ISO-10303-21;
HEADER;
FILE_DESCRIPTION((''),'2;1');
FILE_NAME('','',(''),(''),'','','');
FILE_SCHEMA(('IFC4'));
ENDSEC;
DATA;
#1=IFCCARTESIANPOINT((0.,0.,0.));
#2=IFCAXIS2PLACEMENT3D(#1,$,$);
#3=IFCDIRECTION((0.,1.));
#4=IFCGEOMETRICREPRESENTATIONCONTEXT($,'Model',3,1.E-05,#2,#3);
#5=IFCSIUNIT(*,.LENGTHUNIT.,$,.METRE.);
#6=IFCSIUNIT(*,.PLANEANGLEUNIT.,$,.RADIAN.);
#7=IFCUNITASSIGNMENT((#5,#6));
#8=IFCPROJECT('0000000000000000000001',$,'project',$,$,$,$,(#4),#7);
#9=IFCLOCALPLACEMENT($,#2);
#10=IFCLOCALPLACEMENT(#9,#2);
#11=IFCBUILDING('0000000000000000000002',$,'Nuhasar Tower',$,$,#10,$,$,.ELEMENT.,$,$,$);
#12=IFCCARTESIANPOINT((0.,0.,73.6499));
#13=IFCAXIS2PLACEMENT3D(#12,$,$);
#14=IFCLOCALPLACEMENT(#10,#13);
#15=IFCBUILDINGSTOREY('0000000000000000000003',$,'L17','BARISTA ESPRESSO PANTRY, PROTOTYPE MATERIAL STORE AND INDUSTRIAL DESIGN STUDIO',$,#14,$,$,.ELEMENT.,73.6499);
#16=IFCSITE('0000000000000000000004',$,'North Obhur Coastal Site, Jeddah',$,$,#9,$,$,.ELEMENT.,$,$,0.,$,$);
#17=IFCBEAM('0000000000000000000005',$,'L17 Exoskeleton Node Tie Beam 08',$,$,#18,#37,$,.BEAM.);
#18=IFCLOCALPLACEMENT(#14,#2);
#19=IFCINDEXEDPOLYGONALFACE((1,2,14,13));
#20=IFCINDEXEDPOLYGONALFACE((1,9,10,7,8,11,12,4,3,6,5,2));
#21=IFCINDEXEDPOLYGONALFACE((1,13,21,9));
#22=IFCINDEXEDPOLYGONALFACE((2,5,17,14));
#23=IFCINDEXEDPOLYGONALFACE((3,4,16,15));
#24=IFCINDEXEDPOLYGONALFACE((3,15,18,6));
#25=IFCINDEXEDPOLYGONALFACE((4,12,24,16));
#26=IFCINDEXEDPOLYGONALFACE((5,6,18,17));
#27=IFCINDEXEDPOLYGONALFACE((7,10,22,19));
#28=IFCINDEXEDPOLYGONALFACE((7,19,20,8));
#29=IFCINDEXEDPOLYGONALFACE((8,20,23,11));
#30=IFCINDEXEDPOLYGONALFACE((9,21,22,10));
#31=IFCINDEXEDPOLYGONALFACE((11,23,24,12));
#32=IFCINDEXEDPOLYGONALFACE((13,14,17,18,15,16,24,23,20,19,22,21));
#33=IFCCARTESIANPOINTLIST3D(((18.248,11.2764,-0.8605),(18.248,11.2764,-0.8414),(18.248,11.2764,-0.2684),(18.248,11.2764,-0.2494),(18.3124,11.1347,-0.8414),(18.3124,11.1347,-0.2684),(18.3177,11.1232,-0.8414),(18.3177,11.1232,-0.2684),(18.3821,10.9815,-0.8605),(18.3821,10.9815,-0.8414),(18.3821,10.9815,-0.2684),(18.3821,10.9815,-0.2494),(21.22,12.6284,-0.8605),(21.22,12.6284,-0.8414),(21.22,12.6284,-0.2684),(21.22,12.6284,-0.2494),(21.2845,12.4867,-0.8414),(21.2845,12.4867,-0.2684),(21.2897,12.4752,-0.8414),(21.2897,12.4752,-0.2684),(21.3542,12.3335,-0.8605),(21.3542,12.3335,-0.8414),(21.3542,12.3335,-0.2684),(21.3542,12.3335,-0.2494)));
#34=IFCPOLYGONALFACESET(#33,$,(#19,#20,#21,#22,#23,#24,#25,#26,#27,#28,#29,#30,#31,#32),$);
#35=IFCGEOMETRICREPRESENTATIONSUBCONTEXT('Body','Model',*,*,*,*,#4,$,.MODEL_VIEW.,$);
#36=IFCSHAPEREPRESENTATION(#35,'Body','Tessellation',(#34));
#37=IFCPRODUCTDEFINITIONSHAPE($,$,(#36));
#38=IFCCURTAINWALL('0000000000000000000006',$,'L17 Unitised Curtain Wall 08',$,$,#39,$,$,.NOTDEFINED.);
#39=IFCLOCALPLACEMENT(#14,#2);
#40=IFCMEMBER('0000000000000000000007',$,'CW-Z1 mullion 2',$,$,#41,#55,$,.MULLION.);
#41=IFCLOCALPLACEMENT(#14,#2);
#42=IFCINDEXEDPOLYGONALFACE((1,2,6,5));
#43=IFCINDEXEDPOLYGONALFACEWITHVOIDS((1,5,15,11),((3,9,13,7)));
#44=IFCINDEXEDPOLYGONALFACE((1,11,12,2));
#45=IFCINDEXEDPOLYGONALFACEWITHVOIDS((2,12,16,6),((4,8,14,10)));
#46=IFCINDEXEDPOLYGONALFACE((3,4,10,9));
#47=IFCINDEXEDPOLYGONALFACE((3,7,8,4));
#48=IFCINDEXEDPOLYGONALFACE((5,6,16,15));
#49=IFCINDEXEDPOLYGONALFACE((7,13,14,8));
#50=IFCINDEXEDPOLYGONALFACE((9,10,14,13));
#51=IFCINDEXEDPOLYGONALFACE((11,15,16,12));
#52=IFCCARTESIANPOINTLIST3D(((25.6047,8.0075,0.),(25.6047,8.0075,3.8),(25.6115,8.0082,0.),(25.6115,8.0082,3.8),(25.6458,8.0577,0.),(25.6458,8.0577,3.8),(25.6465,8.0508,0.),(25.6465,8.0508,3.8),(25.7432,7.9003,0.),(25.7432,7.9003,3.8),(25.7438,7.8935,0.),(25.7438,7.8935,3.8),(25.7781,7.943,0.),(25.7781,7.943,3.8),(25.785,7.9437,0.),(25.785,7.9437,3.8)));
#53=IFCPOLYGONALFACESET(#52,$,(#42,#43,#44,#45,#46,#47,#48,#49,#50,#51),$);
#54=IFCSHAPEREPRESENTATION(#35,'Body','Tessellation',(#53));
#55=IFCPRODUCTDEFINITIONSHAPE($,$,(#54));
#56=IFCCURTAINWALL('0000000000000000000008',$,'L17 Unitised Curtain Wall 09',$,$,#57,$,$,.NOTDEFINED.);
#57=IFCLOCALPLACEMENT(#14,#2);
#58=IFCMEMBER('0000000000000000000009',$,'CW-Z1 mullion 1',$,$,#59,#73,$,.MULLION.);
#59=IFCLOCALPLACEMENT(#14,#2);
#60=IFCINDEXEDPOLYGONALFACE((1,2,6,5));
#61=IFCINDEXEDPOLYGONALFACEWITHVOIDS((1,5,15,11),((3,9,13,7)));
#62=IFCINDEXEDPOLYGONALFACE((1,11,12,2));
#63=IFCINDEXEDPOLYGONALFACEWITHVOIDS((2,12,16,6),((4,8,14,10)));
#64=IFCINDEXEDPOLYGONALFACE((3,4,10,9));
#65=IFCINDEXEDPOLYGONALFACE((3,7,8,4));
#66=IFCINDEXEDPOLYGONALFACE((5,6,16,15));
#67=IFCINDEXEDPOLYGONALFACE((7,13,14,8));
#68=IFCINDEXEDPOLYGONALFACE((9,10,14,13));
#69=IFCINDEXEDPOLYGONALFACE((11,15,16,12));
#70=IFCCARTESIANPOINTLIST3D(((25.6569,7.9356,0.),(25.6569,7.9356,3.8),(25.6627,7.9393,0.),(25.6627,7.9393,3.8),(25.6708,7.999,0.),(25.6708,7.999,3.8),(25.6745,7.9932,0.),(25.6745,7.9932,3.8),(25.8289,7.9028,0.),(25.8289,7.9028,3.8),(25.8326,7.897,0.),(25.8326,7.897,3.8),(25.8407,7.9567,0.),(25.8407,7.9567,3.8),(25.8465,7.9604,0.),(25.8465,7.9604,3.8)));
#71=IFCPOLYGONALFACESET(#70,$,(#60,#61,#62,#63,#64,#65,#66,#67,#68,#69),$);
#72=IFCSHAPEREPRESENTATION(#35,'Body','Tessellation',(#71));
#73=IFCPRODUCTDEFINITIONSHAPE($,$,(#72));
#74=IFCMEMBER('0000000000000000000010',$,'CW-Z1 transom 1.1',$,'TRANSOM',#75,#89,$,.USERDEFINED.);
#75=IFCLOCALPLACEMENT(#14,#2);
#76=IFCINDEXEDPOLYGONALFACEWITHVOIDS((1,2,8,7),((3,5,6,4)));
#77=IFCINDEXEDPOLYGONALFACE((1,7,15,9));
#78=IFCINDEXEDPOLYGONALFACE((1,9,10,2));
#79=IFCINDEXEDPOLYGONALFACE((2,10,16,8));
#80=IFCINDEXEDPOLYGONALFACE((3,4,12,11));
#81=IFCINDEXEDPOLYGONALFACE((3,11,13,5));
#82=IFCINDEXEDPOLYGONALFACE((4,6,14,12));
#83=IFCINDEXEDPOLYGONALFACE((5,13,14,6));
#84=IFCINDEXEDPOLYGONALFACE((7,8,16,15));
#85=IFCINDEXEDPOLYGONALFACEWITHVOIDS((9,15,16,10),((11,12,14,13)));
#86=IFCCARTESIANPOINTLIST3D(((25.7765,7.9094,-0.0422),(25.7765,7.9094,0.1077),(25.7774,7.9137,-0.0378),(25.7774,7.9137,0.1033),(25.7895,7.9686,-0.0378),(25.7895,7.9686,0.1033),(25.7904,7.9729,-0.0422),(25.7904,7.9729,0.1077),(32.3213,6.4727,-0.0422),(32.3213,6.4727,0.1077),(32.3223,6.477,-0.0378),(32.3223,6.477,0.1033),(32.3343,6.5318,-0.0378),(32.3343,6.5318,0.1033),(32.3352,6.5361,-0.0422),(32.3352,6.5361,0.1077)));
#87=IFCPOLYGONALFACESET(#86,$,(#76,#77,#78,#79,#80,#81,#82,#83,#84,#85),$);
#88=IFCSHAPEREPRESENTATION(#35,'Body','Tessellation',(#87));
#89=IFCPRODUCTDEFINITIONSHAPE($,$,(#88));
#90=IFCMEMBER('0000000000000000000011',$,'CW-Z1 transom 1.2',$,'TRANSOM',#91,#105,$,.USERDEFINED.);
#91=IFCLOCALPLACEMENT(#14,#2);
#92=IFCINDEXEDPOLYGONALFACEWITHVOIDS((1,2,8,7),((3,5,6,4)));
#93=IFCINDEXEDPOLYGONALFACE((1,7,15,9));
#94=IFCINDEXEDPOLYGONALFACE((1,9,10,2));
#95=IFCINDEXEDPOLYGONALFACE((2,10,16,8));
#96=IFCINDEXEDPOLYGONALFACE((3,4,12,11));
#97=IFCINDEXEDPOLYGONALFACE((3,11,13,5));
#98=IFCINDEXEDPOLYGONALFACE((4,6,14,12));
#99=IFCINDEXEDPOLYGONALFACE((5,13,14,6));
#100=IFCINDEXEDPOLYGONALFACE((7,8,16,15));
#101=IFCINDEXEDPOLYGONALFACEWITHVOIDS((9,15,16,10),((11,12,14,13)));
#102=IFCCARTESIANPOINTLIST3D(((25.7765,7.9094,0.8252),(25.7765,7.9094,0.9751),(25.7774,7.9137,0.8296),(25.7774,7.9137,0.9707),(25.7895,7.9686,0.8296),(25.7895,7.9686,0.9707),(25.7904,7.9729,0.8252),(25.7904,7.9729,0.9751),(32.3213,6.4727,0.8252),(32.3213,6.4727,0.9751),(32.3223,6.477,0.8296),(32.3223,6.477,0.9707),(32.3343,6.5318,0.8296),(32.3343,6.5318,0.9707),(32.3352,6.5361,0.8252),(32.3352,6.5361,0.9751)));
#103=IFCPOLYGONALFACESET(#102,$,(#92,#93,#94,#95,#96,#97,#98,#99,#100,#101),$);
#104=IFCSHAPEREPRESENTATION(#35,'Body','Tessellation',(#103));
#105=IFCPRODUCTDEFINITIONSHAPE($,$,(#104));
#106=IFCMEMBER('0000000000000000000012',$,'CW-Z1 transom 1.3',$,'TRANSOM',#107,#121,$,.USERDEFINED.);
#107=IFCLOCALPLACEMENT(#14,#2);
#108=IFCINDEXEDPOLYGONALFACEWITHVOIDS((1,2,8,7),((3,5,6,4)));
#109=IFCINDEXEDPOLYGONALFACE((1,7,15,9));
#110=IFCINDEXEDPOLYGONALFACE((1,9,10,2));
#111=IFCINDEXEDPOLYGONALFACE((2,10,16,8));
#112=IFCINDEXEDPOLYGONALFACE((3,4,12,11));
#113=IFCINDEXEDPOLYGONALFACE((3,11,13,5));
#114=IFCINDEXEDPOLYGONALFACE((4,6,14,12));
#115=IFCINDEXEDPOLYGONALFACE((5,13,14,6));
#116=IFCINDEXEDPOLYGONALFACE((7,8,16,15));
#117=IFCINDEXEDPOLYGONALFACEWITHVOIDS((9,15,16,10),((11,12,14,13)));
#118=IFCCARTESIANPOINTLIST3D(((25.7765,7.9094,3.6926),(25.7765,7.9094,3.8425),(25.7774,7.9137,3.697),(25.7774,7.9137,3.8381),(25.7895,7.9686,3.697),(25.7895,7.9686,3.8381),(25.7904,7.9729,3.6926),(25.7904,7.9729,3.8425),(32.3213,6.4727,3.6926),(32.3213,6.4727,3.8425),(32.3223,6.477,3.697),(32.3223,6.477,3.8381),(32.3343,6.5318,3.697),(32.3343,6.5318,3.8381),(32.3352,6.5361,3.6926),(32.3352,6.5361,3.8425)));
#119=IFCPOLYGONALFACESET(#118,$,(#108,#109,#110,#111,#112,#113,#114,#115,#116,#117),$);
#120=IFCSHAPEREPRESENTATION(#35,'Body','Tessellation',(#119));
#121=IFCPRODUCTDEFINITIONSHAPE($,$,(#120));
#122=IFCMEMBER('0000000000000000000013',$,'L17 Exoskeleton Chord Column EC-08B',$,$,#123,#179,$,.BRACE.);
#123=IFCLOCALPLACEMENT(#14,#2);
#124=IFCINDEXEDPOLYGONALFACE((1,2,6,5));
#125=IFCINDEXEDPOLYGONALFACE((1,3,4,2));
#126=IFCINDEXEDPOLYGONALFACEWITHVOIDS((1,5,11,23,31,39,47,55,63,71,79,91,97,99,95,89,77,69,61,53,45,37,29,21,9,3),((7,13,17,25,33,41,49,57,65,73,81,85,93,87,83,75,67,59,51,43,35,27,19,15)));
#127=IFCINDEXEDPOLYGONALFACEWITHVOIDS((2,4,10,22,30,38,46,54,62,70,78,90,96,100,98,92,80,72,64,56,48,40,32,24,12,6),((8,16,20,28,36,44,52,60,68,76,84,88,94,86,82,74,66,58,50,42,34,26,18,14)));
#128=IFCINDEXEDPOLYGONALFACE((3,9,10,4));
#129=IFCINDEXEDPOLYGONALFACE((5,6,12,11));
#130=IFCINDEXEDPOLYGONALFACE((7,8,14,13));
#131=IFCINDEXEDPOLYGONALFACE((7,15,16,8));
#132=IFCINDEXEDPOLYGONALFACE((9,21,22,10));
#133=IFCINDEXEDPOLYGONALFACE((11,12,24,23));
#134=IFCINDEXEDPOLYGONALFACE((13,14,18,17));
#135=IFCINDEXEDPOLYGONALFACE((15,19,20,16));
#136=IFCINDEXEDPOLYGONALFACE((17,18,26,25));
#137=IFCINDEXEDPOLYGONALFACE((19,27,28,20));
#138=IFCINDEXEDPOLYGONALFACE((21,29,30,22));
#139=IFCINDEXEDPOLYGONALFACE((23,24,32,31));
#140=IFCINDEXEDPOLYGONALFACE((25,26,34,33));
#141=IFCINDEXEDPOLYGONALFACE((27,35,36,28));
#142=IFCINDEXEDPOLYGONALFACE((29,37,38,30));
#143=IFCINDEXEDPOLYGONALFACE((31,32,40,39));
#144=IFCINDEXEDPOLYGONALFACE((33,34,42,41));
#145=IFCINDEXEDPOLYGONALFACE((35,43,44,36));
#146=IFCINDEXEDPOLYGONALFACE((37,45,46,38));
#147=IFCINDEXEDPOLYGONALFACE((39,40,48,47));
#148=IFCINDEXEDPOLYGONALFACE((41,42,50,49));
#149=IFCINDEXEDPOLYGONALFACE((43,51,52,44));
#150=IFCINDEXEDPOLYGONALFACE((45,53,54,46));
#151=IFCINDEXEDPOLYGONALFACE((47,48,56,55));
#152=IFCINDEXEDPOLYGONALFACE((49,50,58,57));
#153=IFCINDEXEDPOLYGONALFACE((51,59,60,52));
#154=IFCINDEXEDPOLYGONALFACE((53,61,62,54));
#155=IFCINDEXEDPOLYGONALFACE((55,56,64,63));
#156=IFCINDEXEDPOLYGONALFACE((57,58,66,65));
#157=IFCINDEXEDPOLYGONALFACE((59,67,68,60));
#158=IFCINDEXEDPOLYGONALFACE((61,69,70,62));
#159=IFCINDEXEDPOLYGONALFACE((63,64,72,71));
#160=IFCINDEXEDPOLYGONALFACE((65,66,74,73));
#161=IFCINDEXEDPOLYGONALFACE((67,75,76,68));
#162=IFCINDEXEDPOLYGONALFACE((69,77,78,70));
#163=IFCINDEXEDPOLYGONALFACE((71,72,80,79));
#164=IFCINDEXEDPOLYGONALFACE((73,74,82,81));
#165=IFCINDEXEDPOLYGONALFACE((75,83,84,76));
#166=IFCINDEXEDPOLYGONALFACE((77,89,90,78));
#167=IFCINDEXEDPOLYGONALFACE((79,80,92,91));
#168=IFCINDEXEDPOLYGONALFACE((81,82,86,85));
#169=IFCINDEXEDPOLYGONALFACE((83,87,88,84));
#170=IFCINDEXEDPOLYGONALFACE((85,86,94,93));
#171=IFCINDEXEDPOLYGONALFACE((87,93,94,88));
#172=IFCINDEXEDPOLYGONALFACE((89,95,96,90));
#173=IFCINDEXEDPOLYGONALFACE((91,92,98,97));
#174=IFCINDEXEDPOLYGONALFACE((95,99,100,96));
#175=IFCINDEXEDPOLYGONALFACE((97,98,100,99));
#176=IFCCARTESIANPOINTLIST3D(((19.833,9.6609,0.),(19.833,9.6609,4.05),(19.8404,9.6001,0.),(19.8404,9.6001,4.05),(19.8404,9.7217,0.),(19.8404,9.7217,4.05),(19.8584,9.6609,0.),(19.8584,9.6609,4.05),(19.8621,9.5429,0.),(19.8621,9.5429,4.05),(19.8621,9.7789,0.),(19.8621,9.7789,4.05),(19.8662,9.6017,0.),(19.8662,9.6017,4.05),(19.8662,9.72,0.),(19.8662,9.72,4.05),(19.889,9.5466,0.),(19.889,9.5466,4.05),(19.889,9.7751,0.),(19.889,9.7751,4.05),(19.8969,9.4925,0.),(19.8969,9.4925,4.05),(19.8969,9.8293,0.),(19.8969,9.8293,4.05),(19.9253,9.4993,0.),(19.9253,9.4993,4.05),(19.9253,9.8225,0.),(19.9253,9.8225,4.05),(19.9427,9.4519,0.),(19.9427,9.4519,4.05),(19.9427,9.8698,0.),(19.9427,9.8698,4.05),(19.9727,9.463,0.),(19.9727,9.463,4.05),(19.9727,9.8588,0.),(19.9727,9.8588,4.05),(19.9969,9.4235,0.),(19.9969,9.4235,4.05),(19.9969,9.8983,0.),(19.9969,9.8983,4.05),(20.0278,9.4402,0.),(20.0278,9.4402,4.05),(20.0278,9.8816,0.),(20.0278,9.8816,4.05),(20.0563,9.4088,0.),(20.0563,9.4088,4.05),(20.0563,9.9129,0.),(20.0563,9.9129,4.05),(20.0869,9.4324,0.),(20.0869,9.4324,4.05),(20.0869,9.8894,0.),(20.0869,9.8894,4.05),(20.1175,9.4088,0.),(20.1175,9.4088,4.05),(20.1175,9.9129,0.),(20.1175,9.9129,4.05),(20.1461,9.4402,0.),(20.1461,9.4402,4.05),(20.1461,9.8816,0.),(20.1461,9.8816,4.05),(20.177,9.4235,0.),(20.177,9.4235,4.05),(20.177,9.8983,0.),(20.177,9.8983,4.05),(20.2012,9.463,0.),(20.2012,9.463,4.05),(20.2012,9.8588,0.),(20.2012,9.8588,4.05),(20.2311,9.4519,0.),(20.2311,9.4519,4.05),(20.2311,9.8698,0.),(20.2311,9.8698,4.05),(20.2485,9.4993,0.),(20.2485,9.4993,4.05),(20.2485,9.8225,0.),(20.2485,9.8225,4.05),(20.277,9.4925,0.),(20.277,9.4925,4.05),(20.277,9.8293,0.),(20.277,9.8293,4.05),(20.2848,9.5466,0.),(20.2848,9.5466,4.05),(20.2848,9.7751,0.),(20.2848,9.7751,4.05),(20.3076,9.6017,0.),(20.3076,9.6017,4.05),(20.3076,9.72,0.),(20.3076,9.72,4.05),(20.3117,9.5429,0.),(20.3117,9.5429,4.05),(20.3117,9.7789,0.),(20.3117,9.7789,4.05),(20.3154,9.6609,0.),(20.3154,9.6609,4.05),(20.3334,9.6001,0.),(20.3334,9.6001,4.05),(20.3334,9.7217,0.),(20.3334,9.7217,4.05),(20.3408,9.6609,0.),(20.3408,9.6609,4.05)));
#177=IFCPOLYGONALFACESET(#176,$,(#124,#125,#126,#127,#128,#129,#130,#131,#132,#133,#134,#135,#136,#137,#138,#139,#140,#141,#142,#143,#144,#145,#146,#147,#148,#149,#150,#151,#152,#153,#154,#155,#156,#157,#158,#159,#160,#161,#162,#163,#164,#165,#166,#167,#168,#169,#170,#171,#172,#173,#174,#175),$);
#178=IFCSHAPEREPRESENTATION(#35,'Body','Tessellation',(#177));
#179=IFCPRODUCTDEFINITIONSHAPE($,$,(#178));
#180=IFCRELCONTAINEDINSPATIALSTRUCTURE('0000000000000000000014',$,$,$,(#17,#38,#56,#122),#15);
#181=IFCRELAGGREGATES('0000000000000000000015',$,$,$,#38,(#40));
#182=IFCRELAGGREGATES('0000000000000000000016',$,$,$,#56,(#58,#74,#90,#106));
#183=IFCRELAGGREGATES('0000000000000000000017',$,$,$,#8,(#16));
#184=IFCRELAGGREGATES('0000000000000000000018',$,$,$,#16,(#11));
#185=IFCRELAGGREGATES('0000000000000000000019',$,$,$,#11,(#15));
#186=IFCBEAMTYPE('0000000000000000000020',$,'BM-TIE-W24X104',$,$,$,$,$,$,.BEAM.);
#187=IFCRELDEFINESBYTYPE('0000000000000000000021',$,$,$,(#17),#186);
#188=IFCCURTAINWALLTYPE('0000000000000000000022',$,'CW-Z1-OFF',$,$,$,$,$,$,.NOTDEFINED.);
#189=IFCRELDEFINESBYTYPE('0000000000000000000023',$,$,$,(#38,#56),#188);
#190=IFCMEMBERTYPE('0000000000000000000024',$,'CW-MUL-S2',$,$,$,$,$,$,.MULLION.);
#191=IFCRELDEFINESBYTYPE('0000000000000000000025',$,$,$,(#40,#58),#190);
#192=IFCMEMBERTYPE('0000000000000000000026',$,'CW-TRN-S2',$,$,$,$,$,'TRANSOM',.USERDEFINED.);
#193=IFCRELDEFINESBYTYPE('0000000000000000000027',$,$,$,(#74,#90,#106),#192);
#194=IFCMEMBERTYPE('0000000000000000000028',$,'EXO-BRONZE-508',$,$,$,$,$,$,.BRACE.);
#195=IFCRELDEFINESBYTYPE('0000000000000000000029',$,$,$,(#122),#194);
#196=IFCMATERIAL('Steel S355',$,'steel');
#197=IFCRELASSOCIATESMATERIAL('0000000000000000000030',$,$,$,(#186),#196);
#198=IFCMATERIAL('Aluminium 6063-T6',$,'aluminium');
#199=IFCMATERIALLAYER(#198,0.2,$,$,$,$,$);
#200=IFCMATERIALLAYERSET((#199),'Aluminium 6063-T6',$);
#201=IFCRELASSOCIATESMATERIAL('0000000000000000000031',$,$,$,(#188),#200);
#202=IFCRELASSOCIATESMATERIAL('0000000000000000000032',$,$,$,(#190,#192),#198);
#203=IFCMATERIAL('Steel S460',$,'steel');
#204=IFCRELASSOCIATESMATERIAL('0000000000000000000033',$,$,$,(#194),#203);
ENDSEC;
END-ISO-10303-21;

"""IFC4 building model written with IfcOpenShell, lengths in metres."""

from ifc_helpers import new_model, si_unit, direction, frame, origin, origin_2d, place, context, subcontext, project, spatial, hollow_rectangle, hollow_circle, i_section, extrude, material, layer, layer_set, material_profile, profile_set, type_object, element, aggregate, save


model = new_model("IFC4")

# Units and contexts
model_context = context("Model", 3, precision=1e-05, world=origin(), true_north=direction((0.0, 1.0)))
body_context = subcontext(model_context, "Body", "Model", "MODEL_VIEW")
ifc_project = project(units=[si_unit("LENGTHUNIT", "METRE"), si_unit("PLANEANGLEUNIT", "RADIAN")], contexts=[model_context])

# Site, building, storey
site_placement = place(None, origin())
site = spatial("IfcSite", under=ifc_project, at=site_placement, Name="North Obhur Coastal Site, Jeddah", CompositionType="ELEMENT", RefElevation=0.0)
building_placement = place(site_placement, origin())
building = spatial("IfcBuilding", under=site, at=building_placement, Name="Nuhasar Tower", CompositionType="ELEMENT")
storey_placement = place(building_placement, frame((0.0, 0.0, 73.6499)))
storey = spatial("IfcBuildingStorey", under=building, at=storey_placement, Name="L17", Description="BARISTA ESPRESSO PANTRY, PROTOTYPE MATERIAL STORE AND INDUSTRIAL DESIGN STUDIO", CompositionType="ELEMENT", Elevation=73.6499)

# Beam
ifc_material_1 = material(Name="Steel S355", Category="steel")
ifc_material_profile_1 = material_profile(ifc_material_1, i_section(OverallWidth=0.324, OverallDepth=0.6111, WebThickness=0.0127, FlangeThickness=0.019, at=origin_2d()), Name="W24X104")
ifc_profile_set_1 = profile_set([ifc_material_profile_1], Name="Steel S355")
beam_type_1 = type_object("IfcBeamType", Name="BM-TIE-W24X104", PredefinedType="BEAM", material=ifc_profile_set_1)
beam_1_placement = place(storey_placement, frame((21.2871, 12.481, -0.5549), z_axis=(-0.910244, -0.414073, 0.0), x_axis=(0.414073, -0.910244, 0.0)))
element("IfcBeam", 1, at=beam_1_placement, inside=storey, type_object=beam_type_1, Name="L17 Exoskeleton Node Tie Beam 08", PredefinedType="BEAM", context=body_context, shape_type="SweptSolid", body=[
    extrude(i_section(OverallWidth=0.324, OverallDepth=0.6111, WebThickness=0.0127, FlangeThickness=0.019, at=origin_2d()), origin(), (0.0, 0.0, 1.0), 3.2651),
])

# Curtain wall, member
ifc_material_2 = material(Name="Aluminium 6063-T6", Category="aluminium")
ifc_layer_1 = layer(ifc_material_2, 0.2)
ifc_layer_set_1 = layer_set([ifc_layer_1], Name="Aluminium 6063-T6")
curtain_wall_type = type_object("IfcCurtainWallType", Name="CW-Z1-OFF", PredefinedType="NOTDEFINED", material=ifc_layer_set_1)
curtain_wall_1_placement = place(storey_placement, origin())
curtain_wall_1 = element("IfcCurtainWall", 2, at=curtain_wall_1_placement, inside=storey, type_object=curtain_wall_type, Name="L17 Unitised Curtain Wall 08", PredefinedType="NOTDEFINED")
ifc_material_profile_2 = material_profile(ifc_material_2, hollow_rectangle(XDim=0.0649, YDim=0.1799, WallThickness=0.0049, at=origin_2d()), Name="CWM-2")
ifc_profile_set_2 = profile_set([ifc_material_profile_2], Name="Aluminium 6063-T6")
member_type_1 = type_object("IfcMemberType", Name="CW-MUL-S2", PredefinedType="MULLION", material=ifc_profile_set_2)
member_1_placement = place(storey_placement, frame((25.6948, 7.9756, 0.0), z_axis=(0.0, 0.0, 1.0), x_axis=(0.633745, 0.773542, 0.0)))
member_1 = element("IfcMember", 3, at=member_1_placement, type_object=member_type_1, Name="CW-Z1 mullion 2", PredefinedType="MULLION", context=body_context, shape_type="SweptSolid", body=[
    extrude(hollow_rectangle(XDim=0.0649, YDim=0.1799, WallThickness=0.0049, at=origin_2d()), origin(), (0.0, 0.0, 1.0), 3.8),
])

# Curtain wall, members
curtain_wall_2_placement = place(storey_placement, origin())
curtain_wall_2 = element("IfcCurtainWall", 4, at=curtain_wall_2_placement, inside=storey, type_object=curtain_wall_type, Name="L17 Unitised Curtain Wall 09", PredefinedType="NOTDEFINED")
member_2_placement = place(storey_placement, frame((25.7517, 7.948, 0.0), z_axis=(0.0, 0.0, 1.0), x_axis=(0.214399, 0.976746, 0.0)))
member_2 = element("IfcMember", 5, at=member_2_placement, type_object=member_type_1, Name="CW-Z1 mullion 1", PredefinedType="MULLION", context=body_context, shape_type="SweptSolid", body=[
    extrude(hollow_rectangle(XDim=0.0649, YDim=0.1799, WallThickness=0.0049, at=origin_2d()), origin(), (0.0, 0.0, 1.0), 3.8),
])
ifc_material_profile_3 = material_profile(ifc_material_2, hollow_rectangle(XDim=0.0649, YDim=0.1499, WallThickness=0.0044, at=origin_2d()), Name="CWT-2")
ifc_profile_set_3 = profile_set([ifc_material_profile_3], Name="Aluminium 6063-T6")
member_type_2 = type_object("IfcMemberType", Name="CW-TRN-S2", ElementType="TRANSOM", PredefinedType="USERDEFINED", material=ifc_profile_set_3)
member_3_placement = place(storey_placement, frame((25.7834, 7.9412, 0.0327), z_axis=(0.976742, -0.214418, 0.0), x_axis=(0.214418, 0.976742, 0.0)))
member_3 = element("IfcMember", 6, at=member_3_placement, type_object=member_type_2, Name="CW-Z1 transom 1.1", ObjectType="TRANSOM", PredefinedType="USERDEFINED", context=body_context, shape_type="SweptSolid", body=[
    extrude(hollow_rectangle(XDim=0.0649, YDim=0.1499, WallThickness=0.0044, at=origin_2d()), origin(), (0.0, 0.0, 1.0), 6.7007),
])
member_4_placement = place(storey_placement, frame((25.7834, 7.9412, 0.9001), z_axis=(0.976742, -0.214418, 0.0), x_axis=(0.214418, 0.976742, 0.0)))
member_4 = element("IfcMember", 7, at=member_4_placement, type_object=member_type_2, Name="CW-Z1 transom 1.2", ObjectType="TRANSOM", PredefinedType="USERDEFINED", context=body_context, shape_type="SweptSolid", body=[
    extrude(hollow_rectangle(XDim=0.0649, YDim=0.1499, WallThickness=0.0044, at=origin_2d()), origin(), (0.0, 0.0, 1.0), 6.7007),
])
member_5_placement = place(storey_placement, frame((25.7834, 7.9412, 3.7676), z_axis=(0.976742, -0.214418, 0.0), x_axis=(0.214418, 0.976742, 0.0)))
member_5 = element("IfcMember", 8, at=member_5_placement, type_object=member_type_2, Name="CW-Z1 transom 1.3", ObjectType="TRANSOM", PredefinedType="USERDEFINED", context=body_context, shape_type="SweptSolid", body=[
    extrude(hollow_rectangle(XDim=0.0649, YDim=0.1499, WallThickness=0.0044, at=origin_2d()), origin(), (0.0, 0.0, 1.0), 6.7007),
])

# Member
ifc_material_3 = material(Name="Steel S460", Category="steel")
ifc_material_profile_4 = material_profile(ifc_material_3, hollow_circle(Radius=0.2539, WallThickness=0.0254, at=origin_2d()), Name="HSS508X25.4")
ifc_profile_set_4 = profile_set([ifc_material_profile_4], Name="Steel S460")
member_type_3 = type_object("IfcMemberType", Name="EXO-BRONZE-508", PredefinedType="BRACE", material=ifc_profile_set_4)
member_6_placement = place(storey_placement, frame((20.0869, 9.6609, 0.0), z_axis=(0.0, 0.0, 1.0), x_axis=(1.0, 0.0, 0.0)))
element("IfcMember", 9, at=member_6_placement, inside=storey, type_object=member_type_3, Name="L17 Exoskeleton Chord Column EC-08B", PredefinedType="BRACE", context=body_context, shape_type="SweptSolid", body=[
    extrude(hollow_circle(Radius=0.2539, WallThickness=0.0254, at=origin_2d()), origin(), (0.0, 0.0, 1.0), 4.05),
])

aggregate(curtain_wall_1, [member_1])
aggregate(curtain_wall_2, [member_2, member_3, member_4, member_5])

save(model, "model.ifc")
